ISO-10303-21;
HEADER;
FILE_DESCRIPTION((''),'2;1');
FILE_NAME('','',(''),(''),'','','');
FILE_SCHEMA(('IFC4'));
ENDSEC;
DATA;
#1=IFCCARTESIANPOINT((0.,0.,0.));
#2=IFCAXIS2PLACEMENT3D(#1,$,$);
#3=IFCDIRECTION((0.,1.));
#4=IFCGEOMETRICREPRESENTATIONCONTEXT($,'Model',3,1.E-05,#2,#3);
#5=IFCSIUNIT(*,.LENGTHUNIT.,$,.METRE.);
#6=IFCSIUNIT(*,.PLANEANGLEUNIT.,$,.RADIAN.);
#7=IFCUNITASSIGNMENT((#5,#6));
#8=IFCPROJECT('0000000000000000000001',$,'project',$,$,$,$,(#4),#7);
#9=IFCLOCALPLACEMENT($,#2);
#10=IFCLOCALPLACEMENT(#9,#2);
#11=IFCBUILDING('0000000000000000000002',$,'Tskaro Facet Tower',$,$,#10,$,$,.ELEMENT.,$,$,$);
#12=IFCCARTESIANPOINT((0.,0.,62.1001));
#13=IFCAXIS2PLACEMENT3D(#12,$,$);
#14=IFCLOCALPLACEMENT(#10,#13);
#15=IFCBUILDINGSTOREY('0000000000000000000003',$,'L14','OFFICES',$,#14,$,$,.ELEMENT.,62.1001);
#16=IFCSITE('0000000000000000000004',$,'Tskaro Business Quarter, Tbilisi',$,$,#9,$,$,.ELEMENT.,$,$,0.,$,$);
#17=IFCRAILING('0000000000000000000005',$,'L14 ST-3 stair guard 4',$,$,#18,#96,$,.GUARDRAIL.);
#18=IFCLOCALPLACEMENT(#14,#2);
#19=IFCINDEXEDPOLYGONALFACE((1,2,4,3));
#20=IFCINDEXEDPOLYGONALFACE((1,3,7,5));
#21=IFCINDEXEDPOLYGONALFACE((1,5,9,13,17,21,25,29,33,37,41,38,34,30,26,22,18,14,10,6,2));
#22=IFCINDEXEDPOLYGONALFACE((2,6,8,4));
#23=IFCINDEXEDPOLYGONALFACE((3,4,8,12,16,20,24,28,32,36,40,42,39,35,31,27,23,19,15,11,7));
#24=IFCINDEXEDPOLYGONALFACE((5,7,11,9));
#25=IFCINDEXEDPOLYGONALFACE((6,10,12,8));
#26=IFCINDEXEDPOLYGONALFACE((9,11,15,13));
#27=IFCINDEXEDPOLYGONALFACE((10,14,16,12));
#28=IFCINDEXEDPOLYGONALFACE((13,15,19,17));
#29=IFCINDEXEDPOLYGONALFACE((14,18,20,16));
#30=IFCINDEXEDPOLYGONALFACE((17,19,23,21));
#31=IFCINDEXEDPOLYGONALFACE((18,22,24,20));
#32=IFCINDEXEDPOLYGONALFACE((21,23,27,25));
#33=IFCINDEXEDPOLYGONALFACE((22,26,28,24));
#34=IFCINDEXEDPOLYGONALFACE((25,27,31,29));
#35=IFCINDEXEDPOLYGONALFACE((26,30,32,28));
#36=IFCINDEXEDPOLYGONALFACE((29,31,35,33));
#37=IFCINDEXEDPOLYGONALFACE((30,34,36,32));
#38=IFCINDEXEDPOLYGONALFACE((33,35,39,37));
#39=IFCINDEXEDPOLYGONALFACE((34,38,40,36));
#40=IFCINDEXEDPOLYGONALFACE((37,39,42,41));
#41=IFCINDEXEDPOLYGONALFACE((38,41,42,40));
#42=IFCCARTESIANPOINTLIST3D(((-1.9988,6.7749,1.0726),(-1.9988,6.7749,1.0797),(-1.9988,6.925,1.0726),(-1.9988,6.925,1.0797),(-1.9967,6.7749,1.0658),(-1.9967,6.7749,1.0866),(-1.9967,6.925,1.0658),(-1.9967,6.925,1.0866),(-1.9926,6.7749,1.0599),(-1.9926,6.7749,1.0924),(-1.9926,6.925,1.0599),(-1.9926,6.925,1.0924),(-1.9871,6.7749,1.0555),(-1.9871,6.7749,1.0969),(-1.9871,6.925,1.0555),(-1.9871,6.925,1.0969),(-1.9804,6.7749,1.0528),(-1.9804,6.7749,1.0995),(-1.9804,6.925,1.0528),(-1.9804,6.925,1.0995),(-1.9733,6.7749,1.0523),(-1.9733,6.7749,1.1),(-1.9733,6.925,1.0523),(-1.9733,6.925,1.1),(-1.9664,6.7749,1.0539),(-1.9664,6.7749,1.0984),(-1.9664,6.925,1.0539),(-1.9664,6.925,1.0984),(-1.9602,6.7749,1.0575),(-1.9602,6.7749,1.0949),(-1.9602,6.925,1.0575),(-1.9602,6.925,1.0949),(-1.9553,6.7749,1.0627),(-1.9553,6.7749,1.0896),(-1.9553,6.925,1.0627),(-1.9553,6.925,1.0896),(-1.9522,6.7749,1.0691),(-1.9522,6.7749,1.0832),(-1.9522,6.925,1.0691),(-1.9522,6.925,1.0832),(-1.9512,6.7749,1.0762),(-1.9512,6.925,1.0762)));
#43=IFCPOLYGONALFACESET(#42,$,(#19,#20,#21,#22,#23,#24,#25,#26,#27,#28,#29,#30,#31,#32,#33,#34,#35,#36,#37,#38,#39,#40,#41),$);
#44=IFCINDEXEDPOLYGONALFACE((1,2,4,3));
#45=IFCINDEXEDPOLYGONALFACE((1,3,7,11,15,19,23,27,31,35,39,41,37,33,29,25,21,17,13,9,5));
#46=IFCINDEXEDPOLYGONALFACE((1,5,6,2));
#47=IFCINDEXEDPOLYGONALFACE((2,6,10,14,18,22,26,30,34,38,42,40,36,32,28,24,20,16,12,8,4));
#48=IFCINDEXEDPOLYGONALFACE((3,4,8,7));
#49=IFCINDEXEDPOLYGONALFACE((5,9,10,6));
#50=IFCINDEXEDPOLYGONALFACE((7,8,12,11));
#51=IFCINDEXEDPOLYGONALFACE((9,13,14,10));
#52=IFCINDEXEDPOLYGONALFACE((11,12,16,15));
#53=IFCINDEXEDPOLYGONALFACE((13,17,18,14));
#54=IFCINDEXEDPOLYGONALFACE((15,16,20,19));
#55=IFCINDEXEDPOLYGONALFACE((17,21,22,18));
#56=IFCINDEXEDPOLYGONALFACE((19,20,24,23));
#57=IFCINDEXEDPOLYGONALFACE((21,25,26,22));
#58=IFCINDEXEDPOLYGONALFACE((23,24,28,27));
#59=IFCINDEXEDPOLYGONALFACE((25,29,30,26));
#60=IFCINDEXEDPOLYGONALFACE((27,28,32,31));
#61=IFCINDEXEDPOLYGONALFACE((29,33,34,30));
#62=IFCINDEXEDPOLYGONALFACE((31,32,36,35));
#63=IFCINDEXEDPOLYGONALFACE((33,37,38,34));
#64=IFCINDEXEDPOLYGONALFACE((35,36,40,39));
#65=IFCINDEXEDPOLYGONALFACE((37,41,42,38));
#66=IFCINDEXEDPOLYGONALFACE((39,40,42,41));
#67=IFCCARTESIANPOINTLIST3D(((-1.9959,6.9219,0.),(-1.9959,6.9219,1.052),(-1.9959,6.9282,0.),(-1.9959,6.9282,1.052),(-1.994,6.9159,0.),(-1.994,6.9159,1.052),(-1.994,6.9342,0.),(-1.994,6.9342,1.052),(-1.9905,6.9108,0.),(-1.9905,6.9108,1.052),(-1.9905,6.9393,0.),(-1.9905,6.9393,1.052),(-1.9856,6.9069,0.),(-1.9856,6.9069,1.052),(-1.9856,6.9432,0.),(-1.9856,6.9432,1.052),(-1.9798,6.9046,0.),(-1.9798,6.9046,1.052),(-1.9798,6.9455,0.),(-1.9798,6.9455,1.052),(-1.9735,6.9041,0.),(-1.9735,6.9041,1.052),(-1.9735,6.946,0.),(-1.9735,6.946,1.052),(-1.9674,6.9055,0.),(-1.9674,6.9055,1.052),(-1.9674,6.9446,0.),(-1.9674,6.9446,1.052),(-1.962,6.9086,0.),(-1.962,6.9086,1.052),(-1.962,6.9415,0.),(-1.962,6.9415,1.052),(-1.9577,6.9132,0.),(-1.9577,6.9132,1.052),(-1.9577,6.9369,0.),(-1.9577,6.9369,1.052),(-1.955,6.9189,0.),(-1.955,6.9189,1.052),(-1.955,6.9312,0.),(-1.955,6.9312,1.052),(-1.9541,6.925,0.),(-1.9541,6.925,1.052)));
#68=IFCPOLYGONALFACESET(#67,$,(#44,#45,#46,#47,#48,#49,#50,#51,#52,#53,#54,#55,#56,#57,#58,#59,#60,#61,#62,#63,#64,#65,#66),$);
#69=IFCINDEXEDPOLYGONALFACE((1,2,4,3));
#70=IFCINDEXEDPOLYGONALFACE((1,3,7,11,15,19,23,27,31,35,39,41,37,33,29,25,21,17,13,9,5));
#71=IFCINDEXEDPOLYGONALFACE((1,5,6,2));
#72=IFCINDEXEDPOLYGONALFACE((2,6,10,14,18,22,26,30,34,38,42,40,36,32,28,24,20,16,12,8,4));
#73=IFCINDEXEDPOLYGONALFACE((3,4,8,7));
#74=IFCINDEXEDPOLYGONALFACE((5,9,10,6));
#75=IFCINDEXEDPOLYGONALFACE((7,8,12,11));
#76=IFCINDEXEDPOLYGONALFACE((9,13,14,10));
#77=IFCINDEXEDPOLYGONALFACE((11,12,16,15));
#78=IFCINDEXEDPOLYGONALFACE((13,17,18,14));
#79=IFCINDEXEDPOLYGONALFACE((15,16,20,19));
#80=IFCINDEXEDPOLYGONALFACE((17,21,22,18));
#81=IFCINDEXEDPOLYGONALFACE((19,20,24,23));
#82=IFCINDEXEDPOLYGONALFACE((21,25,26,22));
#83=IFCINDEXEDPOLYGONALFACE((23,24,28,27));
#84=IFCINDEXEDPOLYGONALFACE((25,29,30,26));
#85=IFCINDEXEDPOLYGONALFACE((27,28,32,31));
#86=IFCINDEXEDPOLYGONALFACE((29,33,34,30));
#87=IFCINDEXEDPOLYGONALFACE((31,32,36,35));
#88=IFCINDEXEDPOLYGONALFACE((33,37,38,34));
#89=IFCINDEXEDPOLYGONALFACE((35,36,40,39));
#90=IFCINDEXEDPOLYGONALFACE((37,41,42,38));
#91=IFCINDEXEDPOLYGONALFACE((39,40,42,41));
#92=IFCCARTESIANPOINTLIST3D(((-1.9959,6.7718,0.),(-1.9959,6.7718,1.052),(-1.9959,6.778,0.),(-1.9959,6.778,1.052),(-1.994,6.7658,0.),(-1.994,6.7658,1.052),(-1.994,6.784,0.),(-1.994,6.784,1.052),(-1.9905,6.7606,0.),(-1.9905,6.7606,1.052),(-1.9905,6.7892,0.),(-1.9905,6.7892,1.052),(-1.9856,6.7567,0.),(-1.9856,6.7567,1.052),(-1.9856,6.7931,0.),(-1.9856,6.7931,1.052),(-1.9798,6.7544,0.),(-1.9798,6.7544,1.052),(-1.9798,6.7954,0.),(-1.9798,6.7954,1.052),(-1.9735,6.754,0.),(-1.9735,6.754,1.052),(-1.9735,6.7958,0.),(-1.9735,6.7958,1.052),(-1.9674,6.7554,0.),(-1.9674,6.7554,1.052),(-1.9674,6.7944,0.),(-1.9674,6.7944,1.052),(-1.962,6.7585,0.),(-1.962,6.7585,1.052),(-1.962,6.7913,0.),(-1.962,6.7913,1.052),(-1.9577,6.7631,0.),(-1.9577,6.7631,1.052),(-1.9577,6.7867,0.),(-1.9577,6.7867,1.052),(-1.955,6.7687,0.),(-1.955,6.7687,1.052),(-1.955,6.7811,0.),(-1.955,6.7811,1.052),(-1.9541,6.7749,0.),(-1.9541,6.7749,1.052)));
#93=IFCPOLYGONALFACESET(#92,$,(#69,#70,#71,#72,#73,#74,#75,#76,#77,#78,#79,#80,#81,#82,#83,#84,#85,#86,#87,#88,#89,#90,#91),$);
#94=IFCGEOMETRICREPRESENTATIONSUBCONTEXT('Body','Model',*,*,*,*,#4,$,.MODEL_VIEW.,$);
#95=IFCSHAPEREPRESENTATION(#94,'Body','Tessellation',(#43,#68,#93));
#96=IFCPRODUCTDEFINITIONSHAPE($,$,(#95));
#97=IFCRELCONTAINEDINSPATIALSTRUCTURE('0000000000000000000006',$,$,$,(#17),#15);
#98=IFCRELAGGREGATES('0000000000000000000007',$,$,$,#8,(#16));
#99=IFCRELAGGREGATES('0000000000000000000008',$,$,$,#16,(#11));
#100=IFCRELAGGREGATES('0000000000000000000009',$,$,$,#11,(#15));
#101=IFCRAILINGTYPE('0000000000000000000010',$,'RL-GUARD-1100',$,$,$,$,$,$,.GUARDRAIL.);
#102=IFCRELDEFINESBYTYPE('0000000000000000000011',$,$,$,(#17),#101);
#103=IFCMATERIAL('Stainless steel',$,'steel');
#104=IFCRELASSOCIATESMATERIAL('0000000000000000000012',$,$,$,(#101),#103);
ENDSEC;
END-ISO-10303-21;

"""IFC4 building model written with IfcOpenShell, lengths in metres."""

from ifc_helpers import new_model, si_unit, direction, frame, origin, origin_2d, place, context, subcontext, project, spatial, circle, extrude, material, type_object, element, save


model = new_model("IFC4")

# Units and contexts
model_context = context("Model", 3, precision=1e-05, world=origin(), true_north=direction((0.0, 1.0)))
body_context = subcontext(model_context, "Body", "Model", "MODEL_VIEW")
ifc_project = project(units=[si_unit("LENGTHUNIT", "METRE"), si_unit("PLANEANGLEUNIT", "RADIAN")], contexts=[model_context])

# Site, building, storey
site_placement = place(None, origin())
site = spatial("IfcSite", under=ifc_project, at=site_placement, Name="Tskaro Business Quarter, Tbilisi", CompositionType="ELEMENT", RefElevation=0.0)
building_placement = place(site_placement, origin())
building = spatial("IfcBuilding", under=site, at=building_placement, Name="Tskaro Facet Tower", CompositionType="ELEMENT")
storey_placement = place(building_placement, frame((0.0, 0.0, 62.1001)))
storey = spatial("IfcBuildingStorey", under=building, at=storey_placement, Name="L14", Description="OFFICES", CompositionType="ELEMENT", Elevation=62.1001)

# Railing
ifc_material_1 = material(Name="Stainless steel", Category="steel")
railing_type_1 = type_object("IfcRailingType", Name="RL-GUARD-1100", PredefinedType="GUARDRAIL", material=ifc_material_1)
railing_1_placement = place(storey_placement, frame((-1.9751, 6.925, 0.0)))
element("IfcRailing", 1, at=railing_1_placement, inside=storey, type_object=railing_type_1, Name="L14 ST-3 stair guard 4", PredefinedType="GUARDRAIL", context=body_context, shape_type="SweptSolid", body=[
    extrude(circle(Radius=0.0239, at=origin_2d()), frame((0.0, 0.0, 1.0762), z_axis=(0.0, -1.0, 0.0), x_axis=(1.0, 0.0, 0.0)), (0.0, 0.0, 1.0), 0.1501),
    extrude(circle(Radius=0.021, at=origin_2d()), origin(), (0.0, 0.0, 1.0), 1.052),
    extrude(circle(Radius=0.021, at=origin_2d()), frame((0.0, -0.1501, 0.0)), (0.0, 0.0, 1.0), 1.052),
])

save(model, "model.ifc")
